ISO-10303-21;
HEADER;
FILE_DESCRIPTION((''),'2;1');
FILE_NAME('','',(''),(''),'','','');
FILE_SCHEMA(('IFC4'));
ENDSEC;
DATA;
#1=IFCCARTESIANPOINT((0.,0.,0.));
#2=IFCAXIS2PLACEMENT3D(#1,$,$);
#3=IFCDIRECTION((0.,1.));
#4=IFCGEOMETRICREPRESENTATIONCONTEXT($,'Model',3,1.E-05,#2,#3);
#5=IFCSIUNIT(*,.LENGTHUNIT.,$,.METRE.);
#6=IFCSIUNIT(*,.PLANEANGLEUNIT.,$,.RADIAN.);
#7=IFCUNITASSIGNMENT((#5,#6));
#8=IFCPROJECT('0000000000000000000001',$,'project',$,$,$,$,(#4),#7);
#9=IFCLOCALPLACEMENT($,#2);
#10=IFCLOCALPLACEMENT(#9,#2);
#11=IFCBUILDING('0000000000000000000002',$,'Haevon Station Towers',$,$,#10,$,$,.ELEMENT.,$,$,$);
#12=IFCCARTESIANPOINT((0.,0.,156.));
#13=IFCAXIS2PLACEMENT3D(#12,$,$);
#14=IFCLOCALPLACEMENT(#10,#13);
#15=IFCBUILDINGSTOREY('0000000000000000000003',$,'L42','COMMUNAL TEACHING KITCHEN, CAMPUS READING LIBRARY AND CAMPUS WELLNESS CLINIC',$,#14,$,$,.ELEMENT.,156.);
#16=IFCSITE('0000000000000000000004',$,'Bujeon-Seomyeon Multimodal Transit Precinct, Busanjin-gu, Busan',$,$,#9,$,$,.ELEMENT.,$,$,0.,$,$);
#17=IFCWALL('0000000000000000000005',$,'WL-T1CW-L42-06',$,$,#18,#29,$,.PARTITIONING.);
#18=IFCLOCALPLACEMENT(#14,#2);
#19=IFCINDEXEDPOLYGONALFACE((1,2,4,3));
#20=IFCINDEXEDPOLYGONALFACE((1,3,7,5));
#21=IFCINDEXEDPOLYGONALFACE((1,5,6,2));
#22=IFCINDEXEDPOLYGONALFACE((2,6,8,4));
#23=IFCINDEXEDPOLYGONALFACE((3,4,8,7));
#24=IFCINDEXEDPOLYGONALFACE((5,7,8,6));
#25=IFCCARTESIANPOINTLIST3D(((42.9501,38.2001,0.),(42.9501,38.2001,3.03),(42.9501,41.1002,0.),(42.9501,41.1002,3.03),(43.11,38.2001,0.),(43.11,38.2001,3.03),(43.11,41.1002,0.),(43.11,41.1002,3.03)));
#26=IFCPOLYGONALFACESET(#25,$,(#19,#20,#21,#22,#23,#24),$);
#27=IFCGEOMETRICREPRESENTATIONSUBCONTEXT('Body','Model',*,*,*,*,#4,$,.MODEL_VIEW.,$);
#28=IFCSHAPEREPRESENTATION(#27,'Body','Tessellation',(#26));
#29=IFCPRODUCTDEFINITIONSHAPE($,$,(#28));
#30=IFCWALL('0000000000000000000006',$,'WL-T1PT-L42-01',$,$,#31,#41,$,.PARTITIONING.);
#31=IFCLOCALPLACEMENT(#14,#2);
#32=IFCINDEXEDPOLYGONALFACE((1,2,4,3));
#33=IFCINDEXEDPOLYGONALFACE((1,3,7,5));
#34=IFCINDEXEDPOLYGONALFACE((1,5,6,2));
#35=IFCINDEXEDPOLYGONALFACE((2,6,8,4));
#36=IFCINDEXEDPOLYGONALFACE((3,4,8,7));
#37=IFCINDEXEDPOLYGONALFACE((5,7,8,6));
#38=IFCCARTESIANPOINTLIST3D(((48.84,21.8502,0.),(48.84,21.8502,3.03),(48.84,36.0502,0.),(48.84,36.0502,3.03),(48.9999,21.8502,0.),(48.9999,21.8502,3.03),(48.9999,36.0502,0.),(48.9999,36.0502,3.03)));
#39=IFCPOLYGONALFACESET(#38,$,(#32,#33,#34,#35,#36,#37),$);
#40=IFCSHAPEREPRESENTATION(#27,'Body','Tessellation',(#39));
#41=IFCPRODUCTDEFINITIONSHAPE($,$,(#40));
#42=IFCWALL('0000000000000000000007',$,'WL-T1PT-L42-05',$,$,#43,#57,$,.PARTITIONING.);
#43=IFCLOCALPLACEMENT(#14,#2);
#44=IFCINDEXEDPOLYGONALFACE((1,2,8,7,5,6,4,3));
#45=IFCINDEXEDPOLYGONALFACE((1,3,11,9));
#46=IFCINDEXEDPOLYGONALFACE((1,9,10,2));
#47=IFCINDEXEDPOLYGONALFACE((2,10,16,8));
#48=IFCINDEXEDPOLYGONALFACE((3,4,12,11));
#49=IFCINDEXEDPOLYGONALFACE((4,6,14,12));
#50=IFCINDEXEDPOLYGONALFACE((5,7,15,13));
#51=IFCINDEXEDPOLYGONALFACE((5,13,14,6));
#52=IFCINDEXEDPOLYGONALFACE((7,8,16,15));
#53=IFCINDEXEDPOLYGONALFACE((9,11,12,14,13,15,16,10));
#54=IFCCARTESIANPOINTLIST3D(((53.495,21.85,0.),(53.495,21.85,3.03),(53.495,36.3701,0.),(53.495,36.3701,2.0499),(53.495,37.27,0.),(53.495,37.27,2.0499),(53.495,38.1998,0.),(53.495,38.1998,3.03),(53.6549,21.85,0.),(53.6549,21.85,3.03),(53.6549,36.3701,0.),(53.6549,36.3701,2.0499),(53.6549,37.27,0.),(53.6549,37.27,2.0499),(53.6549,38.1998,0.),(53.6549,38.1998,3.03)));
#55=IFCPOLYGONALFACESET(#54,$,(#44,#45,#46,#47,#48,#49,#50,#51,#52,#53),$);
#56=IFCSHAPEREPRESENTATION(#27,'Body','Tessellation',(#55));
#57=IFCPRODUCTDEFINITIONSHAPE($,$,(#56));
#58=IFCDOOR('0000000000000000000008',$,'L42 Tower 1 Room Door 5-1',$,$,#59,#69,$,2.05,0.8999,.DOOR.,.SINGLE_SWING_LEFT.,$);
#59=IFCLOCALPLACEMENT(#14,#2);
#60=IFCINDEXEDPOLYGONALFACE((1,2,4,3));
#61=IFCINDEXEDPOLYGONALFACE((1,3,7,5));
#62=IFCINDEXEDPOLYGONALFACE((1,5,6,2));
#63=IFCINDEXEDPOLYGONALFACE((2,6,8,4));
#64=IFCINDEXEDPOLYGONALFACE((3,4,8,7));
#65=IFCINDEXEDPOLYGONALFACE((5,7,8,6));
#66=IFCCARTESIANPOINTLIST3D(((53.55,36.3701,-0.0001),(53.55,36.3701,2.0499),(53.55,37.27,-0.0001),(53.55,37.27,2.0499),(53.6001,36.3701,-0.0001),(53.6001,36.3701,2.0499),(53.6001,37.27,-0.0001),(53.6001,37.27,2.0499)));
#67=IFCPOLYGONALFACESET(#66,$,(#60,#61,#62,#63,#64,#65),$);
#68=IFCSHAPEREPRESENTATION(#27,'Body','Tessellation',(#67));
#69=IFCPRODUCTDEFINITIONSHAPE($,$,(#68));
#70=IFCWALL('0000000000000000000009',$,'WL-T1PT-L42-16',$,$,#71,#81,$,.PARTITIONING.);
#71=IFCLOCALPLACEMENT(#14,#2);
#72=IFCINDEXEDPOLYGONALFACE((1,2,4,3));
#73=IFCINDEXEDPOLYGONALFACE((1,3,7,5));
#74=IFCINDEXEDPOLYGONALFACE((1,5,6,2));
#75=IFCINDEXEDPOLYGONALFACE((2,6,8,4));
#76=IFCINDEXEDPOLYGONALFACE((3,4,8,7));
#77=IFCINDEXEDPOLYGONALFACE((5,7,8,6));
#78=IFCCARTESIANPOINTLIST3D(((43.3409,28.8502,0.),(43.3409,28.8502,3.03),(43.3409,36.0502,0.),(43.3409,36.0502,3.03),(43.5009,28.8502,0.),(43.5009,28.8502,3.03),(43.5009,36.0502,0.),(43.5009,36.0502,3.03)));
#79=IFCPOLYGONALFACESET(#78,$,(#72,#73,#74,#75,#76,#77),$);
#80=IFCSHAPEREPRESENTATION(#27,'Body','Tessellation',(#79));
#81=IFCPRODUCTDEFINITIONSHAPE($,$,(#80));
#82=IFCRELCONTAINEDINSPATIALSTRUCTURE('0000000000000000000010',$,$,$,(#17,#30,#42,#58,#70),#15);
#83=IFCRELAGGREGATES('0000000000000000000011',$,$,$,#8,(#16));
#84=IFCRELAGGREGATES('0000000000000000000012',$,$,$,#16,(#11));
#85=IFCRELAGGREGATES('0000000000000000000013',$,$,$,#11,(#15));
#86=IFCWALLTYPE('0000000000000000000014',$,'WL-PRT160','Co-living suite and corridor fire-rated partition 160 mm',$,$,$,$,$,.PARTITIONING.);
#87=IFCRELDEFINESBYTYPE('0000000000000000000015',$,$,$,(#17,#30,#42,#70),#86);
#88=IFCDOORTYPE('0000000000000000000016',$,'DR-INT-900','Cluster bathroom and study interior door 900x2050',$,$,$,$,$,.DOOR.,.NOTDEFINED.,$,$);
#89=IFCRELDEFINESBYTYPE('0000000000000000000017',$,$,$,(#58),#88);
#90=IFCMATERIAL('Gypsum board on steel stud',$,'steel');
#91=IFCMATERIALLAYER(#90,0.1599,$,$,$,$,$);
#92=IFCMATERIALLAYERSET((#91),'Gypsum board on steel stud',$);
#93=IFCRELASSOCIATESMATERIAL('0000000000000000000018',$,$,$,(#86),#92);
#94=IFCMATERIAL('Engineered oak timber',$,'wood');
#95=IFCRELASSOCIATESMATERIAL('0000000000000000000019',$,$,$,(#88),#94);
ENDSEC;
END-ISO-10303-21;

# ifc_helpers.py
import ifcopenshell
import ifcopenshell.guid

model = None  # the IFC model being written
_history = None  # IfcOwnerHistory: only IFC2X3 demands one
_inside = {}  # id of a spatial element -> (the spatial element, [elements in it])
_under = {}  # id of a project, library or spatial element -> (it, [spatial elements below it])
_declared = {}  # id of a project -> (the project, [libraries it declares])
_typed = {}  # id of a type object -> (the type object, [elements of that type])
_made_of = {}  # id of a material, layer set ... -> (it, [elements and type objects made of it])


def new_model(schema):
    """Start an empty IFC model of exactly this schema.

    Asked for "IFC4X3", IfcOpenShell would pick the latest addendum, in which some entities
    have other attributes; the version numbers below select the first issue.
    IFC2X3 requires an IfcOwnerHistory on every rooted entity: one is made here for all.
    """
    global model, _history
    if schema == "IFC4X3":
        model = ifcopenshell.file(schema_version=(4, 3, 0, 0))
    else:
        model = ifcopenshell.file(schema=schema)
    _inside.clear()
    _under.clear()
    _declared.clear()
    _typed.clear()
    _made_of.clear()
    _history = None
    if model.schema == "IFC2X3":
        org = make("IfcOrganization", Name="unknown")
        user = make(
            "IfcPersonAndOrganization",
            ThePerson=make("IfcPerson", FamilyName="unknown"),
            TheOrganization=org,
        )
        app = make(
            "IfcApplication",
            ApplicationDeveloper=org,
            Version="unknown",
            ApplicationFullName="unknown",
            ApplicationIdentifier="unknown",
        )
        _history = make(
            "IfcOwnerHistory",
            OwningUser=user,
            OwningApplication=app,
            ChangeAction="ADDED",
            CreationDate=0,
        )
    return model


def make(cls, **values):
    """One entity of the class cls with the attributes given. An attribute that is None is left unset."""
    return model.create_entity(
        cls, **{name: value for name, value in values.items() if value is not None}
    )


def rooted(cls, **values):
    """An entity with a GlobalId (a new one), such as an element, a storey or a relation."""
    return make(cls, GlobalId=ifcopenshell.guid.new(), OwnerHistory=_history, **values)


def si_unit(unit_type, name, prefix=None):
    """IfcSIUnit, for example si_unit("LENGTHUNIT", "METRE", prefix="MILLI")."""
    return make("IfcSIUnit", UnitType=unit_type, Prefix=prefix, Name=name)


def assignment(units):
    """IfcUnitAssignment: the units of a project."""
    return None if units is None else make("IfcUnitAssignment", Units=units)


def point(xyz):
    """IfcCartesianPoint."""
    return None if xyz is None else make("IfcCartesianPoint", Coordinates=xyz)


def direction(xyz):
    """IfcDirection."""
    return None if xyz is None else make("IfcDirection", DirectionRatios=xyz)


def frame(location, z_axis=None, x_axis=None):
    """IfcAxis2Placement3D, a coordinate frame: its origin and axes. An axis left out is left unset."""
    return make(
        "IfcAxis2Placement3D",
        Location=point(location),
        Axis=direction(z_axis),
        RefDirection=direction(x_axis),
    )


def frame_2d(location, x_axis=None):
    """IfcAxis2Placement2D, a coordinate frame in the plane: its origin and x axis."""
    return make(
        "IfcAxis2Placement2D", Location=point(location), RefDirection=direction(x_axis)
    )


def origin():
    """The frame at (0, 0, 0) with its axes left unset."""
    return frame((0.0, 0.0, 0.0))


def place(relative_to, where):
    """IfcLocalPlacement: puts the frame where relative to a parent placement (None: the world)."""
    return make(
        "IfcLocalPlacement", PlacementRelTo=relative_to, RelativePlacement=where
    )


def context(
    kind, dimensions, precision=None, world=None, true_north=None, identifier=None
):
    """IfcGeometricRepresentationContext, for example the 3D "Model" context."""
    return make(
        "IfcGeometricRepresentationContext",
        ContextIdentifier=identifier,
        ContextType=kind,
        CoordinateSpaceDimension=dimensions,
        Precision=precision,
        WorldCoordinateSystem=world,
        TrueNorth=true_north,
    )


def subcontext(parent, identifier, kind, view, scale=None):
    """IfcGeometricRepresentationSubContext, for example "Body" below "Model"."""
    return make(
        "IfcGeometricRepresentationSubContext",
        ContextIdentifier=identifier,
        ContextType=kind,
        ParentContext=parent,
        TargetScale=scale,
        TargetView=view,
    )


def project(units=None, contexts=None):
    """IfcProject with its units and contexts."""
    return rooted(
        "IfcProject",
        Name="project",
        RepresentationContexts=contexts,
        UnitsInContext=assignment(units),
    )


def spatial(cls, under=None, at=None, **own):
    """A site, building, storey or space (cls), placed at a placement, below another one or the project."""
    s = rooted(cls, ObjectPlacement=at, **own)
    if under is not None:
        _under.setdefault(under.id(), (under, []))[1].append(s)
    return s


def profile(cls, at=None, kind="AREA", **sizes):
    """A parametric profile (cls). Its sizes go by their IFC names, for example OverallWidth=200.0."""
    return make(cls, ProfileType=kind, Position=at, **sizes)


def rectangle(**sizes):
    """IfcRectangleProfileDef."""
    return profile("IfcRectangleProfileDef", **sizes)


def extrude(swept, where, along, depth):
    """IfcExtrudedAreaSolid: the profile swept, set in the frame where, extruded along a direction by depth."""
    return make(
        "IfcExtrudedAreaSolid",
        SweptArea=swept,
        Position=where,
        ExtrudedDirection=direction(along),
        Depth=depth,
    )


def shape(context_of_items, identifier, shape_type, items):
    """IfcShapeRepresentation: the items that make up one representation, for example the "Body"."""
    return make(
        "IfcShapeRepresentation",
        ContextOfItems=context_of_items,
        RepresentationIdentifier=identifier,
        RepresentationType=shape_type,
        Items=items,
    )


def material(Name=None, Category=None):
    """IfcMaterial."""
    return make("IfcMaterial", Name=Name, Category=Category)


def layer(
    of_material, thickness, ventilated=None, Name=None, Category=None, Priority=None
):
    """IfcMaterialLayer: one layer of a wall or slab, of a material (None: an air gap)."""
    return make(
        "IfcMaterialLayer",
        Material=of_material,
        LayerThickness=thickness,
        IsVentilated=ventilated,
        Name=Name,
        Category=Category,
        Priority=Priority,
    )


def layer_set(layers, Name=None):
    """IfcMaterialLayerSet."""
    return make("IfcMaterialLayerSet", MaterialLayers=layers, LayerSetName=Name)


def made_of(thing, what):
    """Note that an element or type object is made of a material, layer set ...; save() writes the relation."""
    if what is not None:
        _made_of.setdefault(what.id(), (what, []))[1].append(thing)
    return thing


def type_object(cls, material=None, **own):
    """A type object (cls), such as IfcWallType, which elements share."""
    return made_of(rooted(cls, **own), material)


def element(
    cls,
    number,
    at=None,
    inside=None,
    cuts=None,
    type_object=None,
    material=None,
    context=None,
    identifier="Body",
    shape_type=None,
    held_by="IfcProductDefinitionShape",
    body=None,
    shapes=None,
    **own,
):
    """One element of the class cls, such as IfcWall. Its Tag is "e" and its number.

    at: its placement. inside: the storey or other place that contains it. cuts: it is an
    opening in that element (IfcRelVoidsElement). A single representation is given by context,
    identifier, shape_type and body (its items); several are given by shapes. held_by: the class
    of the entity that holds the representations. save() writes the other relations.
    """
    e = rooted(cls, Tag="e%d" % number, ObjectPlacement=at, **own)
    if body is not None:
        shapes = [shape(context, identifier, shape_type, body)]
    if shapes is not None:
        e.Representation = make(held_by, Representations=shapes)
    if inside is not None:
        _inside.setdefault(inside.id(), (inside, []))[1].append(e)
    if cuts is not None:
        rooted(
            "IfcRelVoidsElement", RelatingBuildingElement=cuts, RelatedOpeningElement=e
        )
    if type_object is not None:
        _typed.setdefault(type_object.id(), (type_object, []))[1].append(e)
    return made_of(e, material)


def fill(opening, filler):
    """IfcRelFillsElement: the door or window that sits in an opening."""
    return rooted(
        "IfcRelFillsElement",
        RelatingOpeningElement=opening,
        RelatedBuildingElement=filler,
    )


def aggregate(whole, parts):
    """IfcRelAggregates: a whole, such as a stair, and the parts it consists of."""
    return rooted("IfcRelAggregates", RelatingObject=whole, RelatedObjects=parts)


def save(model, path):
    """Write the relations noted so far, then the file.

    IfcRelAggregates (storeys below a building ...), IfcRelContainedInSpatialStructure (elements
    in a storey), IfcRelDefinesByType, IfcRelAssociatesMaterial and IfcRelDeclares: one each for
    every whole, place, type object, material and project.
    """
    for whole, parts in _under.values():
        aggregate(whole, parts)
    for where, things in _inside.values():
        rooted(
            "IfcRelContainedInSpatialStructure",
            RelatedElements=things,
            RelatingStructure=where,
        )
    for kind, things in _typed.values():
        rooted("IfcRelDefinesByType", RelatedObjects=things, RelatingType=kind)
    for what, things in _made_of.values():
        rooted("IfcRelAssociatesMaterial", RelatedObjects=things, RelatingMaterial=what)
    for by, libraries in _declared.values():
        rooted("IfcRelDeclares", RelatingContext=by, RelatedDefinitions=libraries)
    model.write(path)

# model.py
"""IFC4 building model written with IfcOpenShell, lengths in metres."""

from ifc_helpers import new_model, si_unit, direction, frame, frame_2d, origin, place, context, subcontext, project, spatial, rectangle, extrude, material, layer, layer_set, type_object, element, fill, save


model = new_model("IFC4")

# Units and contexts
model_context = context("Model", 3, precision=1e-05, world=origin(), true_north=direction((0.0, 1.0)))
body_context = subcontext(model_context, "Body", "Model", "MODEL_VIEW")
ifc_project = project(units=[si_unit("LENGTHUNIT", "METRE"), si_unit("PLANEANGLEUNIT", "RADIAN")], contexts=[model_context])

# Site, building, storey
site_placement = place(None, origin())
site = spatial("IfcSite", under=ifc_project, at=site_placement, Name="Bujeon-Seomyeon Multimodal Transit Precinct, Busanjin-gu, Busan", CompositionType="ELEMENT", RefElevation=0.0)
building_placement = place(site_placement, origin())
building = spatial("IfcBuilding", under=site, at=building_placement, Name="Haevon Station Towers", CompositionType="ELEMENT")
storey_placement = place(building_placement, frame((0.0, 0.0, 156.0)))
storey = spatial("IfcBuildingStorey", under=building, at=storey_placement, Name="L42", Description="COMMUNAL TEACHING KITCHEN, CAMPUS READING LIBRARY AND CAMPUS WELLNESS CLINIC", CompositionType="ELEMENT", Elevation=156.0)

# Walls
ifc_material_1 = material(Name="Gypsum board on steel stud", Category="steel")
ifc_layer_1 = layer(ifc_material_1, 0.1599)
ifc_layer_set_1 = layer_set([ifc_layer_1], Name="Gypsum board on steel stud")
wall_type_1 = type_object("IfcWallType", Name="WL-PRT160", Description="Co-living suite and corridor fire-rated partition 160 mm", PredefinedType="PARTITIONING", material=ifc_layer_set_1)
for number, where, z_axis, x_axis, name in (
    (1, (43.03, 38.2, 0.0), (0.0, 0.0, 1.0), (0.0, 1.0, 0.0), "WL-T1CW-L42-06"),
):
    element("IfcWall", number, at=place(storey_placement, frame(where, z_axis=z_axis, x_axis=x_axis)), inside=storey, type_object=wall_type_1, Name=name, PredefinedType="PARTITIONING", context=body_context, shape_type="SweptSolid", body=[
        extrude(rectangle(XDim=2.9001, YDim=0.1599, at=frame_2d((1.4502, 0.0))), origin(), (0.0, 0.0, 1.0), 3.03),
    ])
wall_1_placement = place(storey_placement, frame((48.9199, 21.8501, 0.0), z_axis=(0.0, 0.0, 1.0), x_axis=(0.0, 1.0, 0.0)))
element("IfcWall", 2, at=wall_1_placement, inside=storey, type_object=wall_type_1, Name="WL-T1PT-L42-01", PredefinedType="PARTITIONING", context=body_context, shape_type="SweptSolid", body=[
    extrude(rectangle(XDim=14.2, YDim=0.1599, at=frame_2d((7.1001, 0.0))), origin(), (0.0, 0.0, 1.0), 3.03),
])

# Wall, opening, door
wall_2_placement = place(storey_placement, frame((53.575, 21.8501, 0.0), z_axis=(0.0, 0.0, 1.0), x_axis=(0.0, 1.0, 0.0)))
wall_2 = element("IfcWall", 3, at=wall_2_placement, inside=storey, type_object=wall_type_1, Name="WL-T1PT-L42-05", PredefinedType="PARTITIONING", context=body_context, shape_type="SweptSolid", body=[
    extrude(rectangle(XDim=16.3499, YDim=0.1599, at=frame_2d((8.1748, 0.0))), origin(), (0.0, 0.0, 1.0), 3.03),
])
opening_1_placement = place(wall_2_placement, frame((14.52, 0.0, 0.0)))
opening_1 = element("IfcOpeningElement", 4, at=opening_1_placement, cuts=wall_2, PredefinedType="OPENING", context=body_context, shape_type="SweptSolid", body=[
    extrude(rectangle(XDim=0.8999, YDim=2.05, at=frame_2d((0.45, 1.0249))), frame((0.0, 0.0898, 0.0), z_axis=(0.0, -1.0, 0.0), x_axis=(1.0, 0.0, 0.0)), (0.0, 0.0, 1.0), 0.1799),
])
ifc_material_2 = material(Name="Engineered oak timber", Category="wood")
door_type_1 = type_object("IfcDoorType", Name="DR-INT-900", Description="Cluster bathroom and study interior door 900x2050", OperationType="NOTDEFINED", PredefinedType="DOOR", material=ifc_material_2)
door_1_placement = place(opening_1_placement, origin())
door_1 = element("IfcDoor", 5, at=door_1_placement, inside=storey, type_object=door_type_1, Name="L42 Tower 1 Room Door 5-1", OperationType="SINGLE_SWING_LEFT", OverallHeight=2.05, OverallWidth=0.8999, PredefinedType="DOOR", context=body_context, shape_type="SweptSolid", body=[
    extrude(rectangle(XDim=0.8999, YDim=2.05, at=frame_2d((0.45, 1.0249))), frame((0.0, 0.0249, 0.0), z_axis=(0.0, -1.0, 0.0), x_axis=(1.0, 0.0, 0.0)), (0.0, 0.0, 1.0), 0.05),
])
fill(opening_1, door_1)

# Wall
wall_3_placement = place(storey_placement, frame((43.4209, 28.8501, 0.0), z_axis=(0.0, 0.0, 1.0), x_axis=(0.0, 1.0, 0.0)))
element("IfcWall", 6, at=wall_3_placement, inside=storey, type_object=wall_type_1, Name="WL-T1PT-L42-16", PredefinedType="PARTITIONING", context=body_context, shape_type="SweptSolid", body=[
    extrude(rectangle(XDim=7.2, YDim=0.1599, at=frame_2d((3.6001, 0.0))), origin(), (0.0, 0.0, 1.0), 3.03),
])

save(model, "model.ifc")
